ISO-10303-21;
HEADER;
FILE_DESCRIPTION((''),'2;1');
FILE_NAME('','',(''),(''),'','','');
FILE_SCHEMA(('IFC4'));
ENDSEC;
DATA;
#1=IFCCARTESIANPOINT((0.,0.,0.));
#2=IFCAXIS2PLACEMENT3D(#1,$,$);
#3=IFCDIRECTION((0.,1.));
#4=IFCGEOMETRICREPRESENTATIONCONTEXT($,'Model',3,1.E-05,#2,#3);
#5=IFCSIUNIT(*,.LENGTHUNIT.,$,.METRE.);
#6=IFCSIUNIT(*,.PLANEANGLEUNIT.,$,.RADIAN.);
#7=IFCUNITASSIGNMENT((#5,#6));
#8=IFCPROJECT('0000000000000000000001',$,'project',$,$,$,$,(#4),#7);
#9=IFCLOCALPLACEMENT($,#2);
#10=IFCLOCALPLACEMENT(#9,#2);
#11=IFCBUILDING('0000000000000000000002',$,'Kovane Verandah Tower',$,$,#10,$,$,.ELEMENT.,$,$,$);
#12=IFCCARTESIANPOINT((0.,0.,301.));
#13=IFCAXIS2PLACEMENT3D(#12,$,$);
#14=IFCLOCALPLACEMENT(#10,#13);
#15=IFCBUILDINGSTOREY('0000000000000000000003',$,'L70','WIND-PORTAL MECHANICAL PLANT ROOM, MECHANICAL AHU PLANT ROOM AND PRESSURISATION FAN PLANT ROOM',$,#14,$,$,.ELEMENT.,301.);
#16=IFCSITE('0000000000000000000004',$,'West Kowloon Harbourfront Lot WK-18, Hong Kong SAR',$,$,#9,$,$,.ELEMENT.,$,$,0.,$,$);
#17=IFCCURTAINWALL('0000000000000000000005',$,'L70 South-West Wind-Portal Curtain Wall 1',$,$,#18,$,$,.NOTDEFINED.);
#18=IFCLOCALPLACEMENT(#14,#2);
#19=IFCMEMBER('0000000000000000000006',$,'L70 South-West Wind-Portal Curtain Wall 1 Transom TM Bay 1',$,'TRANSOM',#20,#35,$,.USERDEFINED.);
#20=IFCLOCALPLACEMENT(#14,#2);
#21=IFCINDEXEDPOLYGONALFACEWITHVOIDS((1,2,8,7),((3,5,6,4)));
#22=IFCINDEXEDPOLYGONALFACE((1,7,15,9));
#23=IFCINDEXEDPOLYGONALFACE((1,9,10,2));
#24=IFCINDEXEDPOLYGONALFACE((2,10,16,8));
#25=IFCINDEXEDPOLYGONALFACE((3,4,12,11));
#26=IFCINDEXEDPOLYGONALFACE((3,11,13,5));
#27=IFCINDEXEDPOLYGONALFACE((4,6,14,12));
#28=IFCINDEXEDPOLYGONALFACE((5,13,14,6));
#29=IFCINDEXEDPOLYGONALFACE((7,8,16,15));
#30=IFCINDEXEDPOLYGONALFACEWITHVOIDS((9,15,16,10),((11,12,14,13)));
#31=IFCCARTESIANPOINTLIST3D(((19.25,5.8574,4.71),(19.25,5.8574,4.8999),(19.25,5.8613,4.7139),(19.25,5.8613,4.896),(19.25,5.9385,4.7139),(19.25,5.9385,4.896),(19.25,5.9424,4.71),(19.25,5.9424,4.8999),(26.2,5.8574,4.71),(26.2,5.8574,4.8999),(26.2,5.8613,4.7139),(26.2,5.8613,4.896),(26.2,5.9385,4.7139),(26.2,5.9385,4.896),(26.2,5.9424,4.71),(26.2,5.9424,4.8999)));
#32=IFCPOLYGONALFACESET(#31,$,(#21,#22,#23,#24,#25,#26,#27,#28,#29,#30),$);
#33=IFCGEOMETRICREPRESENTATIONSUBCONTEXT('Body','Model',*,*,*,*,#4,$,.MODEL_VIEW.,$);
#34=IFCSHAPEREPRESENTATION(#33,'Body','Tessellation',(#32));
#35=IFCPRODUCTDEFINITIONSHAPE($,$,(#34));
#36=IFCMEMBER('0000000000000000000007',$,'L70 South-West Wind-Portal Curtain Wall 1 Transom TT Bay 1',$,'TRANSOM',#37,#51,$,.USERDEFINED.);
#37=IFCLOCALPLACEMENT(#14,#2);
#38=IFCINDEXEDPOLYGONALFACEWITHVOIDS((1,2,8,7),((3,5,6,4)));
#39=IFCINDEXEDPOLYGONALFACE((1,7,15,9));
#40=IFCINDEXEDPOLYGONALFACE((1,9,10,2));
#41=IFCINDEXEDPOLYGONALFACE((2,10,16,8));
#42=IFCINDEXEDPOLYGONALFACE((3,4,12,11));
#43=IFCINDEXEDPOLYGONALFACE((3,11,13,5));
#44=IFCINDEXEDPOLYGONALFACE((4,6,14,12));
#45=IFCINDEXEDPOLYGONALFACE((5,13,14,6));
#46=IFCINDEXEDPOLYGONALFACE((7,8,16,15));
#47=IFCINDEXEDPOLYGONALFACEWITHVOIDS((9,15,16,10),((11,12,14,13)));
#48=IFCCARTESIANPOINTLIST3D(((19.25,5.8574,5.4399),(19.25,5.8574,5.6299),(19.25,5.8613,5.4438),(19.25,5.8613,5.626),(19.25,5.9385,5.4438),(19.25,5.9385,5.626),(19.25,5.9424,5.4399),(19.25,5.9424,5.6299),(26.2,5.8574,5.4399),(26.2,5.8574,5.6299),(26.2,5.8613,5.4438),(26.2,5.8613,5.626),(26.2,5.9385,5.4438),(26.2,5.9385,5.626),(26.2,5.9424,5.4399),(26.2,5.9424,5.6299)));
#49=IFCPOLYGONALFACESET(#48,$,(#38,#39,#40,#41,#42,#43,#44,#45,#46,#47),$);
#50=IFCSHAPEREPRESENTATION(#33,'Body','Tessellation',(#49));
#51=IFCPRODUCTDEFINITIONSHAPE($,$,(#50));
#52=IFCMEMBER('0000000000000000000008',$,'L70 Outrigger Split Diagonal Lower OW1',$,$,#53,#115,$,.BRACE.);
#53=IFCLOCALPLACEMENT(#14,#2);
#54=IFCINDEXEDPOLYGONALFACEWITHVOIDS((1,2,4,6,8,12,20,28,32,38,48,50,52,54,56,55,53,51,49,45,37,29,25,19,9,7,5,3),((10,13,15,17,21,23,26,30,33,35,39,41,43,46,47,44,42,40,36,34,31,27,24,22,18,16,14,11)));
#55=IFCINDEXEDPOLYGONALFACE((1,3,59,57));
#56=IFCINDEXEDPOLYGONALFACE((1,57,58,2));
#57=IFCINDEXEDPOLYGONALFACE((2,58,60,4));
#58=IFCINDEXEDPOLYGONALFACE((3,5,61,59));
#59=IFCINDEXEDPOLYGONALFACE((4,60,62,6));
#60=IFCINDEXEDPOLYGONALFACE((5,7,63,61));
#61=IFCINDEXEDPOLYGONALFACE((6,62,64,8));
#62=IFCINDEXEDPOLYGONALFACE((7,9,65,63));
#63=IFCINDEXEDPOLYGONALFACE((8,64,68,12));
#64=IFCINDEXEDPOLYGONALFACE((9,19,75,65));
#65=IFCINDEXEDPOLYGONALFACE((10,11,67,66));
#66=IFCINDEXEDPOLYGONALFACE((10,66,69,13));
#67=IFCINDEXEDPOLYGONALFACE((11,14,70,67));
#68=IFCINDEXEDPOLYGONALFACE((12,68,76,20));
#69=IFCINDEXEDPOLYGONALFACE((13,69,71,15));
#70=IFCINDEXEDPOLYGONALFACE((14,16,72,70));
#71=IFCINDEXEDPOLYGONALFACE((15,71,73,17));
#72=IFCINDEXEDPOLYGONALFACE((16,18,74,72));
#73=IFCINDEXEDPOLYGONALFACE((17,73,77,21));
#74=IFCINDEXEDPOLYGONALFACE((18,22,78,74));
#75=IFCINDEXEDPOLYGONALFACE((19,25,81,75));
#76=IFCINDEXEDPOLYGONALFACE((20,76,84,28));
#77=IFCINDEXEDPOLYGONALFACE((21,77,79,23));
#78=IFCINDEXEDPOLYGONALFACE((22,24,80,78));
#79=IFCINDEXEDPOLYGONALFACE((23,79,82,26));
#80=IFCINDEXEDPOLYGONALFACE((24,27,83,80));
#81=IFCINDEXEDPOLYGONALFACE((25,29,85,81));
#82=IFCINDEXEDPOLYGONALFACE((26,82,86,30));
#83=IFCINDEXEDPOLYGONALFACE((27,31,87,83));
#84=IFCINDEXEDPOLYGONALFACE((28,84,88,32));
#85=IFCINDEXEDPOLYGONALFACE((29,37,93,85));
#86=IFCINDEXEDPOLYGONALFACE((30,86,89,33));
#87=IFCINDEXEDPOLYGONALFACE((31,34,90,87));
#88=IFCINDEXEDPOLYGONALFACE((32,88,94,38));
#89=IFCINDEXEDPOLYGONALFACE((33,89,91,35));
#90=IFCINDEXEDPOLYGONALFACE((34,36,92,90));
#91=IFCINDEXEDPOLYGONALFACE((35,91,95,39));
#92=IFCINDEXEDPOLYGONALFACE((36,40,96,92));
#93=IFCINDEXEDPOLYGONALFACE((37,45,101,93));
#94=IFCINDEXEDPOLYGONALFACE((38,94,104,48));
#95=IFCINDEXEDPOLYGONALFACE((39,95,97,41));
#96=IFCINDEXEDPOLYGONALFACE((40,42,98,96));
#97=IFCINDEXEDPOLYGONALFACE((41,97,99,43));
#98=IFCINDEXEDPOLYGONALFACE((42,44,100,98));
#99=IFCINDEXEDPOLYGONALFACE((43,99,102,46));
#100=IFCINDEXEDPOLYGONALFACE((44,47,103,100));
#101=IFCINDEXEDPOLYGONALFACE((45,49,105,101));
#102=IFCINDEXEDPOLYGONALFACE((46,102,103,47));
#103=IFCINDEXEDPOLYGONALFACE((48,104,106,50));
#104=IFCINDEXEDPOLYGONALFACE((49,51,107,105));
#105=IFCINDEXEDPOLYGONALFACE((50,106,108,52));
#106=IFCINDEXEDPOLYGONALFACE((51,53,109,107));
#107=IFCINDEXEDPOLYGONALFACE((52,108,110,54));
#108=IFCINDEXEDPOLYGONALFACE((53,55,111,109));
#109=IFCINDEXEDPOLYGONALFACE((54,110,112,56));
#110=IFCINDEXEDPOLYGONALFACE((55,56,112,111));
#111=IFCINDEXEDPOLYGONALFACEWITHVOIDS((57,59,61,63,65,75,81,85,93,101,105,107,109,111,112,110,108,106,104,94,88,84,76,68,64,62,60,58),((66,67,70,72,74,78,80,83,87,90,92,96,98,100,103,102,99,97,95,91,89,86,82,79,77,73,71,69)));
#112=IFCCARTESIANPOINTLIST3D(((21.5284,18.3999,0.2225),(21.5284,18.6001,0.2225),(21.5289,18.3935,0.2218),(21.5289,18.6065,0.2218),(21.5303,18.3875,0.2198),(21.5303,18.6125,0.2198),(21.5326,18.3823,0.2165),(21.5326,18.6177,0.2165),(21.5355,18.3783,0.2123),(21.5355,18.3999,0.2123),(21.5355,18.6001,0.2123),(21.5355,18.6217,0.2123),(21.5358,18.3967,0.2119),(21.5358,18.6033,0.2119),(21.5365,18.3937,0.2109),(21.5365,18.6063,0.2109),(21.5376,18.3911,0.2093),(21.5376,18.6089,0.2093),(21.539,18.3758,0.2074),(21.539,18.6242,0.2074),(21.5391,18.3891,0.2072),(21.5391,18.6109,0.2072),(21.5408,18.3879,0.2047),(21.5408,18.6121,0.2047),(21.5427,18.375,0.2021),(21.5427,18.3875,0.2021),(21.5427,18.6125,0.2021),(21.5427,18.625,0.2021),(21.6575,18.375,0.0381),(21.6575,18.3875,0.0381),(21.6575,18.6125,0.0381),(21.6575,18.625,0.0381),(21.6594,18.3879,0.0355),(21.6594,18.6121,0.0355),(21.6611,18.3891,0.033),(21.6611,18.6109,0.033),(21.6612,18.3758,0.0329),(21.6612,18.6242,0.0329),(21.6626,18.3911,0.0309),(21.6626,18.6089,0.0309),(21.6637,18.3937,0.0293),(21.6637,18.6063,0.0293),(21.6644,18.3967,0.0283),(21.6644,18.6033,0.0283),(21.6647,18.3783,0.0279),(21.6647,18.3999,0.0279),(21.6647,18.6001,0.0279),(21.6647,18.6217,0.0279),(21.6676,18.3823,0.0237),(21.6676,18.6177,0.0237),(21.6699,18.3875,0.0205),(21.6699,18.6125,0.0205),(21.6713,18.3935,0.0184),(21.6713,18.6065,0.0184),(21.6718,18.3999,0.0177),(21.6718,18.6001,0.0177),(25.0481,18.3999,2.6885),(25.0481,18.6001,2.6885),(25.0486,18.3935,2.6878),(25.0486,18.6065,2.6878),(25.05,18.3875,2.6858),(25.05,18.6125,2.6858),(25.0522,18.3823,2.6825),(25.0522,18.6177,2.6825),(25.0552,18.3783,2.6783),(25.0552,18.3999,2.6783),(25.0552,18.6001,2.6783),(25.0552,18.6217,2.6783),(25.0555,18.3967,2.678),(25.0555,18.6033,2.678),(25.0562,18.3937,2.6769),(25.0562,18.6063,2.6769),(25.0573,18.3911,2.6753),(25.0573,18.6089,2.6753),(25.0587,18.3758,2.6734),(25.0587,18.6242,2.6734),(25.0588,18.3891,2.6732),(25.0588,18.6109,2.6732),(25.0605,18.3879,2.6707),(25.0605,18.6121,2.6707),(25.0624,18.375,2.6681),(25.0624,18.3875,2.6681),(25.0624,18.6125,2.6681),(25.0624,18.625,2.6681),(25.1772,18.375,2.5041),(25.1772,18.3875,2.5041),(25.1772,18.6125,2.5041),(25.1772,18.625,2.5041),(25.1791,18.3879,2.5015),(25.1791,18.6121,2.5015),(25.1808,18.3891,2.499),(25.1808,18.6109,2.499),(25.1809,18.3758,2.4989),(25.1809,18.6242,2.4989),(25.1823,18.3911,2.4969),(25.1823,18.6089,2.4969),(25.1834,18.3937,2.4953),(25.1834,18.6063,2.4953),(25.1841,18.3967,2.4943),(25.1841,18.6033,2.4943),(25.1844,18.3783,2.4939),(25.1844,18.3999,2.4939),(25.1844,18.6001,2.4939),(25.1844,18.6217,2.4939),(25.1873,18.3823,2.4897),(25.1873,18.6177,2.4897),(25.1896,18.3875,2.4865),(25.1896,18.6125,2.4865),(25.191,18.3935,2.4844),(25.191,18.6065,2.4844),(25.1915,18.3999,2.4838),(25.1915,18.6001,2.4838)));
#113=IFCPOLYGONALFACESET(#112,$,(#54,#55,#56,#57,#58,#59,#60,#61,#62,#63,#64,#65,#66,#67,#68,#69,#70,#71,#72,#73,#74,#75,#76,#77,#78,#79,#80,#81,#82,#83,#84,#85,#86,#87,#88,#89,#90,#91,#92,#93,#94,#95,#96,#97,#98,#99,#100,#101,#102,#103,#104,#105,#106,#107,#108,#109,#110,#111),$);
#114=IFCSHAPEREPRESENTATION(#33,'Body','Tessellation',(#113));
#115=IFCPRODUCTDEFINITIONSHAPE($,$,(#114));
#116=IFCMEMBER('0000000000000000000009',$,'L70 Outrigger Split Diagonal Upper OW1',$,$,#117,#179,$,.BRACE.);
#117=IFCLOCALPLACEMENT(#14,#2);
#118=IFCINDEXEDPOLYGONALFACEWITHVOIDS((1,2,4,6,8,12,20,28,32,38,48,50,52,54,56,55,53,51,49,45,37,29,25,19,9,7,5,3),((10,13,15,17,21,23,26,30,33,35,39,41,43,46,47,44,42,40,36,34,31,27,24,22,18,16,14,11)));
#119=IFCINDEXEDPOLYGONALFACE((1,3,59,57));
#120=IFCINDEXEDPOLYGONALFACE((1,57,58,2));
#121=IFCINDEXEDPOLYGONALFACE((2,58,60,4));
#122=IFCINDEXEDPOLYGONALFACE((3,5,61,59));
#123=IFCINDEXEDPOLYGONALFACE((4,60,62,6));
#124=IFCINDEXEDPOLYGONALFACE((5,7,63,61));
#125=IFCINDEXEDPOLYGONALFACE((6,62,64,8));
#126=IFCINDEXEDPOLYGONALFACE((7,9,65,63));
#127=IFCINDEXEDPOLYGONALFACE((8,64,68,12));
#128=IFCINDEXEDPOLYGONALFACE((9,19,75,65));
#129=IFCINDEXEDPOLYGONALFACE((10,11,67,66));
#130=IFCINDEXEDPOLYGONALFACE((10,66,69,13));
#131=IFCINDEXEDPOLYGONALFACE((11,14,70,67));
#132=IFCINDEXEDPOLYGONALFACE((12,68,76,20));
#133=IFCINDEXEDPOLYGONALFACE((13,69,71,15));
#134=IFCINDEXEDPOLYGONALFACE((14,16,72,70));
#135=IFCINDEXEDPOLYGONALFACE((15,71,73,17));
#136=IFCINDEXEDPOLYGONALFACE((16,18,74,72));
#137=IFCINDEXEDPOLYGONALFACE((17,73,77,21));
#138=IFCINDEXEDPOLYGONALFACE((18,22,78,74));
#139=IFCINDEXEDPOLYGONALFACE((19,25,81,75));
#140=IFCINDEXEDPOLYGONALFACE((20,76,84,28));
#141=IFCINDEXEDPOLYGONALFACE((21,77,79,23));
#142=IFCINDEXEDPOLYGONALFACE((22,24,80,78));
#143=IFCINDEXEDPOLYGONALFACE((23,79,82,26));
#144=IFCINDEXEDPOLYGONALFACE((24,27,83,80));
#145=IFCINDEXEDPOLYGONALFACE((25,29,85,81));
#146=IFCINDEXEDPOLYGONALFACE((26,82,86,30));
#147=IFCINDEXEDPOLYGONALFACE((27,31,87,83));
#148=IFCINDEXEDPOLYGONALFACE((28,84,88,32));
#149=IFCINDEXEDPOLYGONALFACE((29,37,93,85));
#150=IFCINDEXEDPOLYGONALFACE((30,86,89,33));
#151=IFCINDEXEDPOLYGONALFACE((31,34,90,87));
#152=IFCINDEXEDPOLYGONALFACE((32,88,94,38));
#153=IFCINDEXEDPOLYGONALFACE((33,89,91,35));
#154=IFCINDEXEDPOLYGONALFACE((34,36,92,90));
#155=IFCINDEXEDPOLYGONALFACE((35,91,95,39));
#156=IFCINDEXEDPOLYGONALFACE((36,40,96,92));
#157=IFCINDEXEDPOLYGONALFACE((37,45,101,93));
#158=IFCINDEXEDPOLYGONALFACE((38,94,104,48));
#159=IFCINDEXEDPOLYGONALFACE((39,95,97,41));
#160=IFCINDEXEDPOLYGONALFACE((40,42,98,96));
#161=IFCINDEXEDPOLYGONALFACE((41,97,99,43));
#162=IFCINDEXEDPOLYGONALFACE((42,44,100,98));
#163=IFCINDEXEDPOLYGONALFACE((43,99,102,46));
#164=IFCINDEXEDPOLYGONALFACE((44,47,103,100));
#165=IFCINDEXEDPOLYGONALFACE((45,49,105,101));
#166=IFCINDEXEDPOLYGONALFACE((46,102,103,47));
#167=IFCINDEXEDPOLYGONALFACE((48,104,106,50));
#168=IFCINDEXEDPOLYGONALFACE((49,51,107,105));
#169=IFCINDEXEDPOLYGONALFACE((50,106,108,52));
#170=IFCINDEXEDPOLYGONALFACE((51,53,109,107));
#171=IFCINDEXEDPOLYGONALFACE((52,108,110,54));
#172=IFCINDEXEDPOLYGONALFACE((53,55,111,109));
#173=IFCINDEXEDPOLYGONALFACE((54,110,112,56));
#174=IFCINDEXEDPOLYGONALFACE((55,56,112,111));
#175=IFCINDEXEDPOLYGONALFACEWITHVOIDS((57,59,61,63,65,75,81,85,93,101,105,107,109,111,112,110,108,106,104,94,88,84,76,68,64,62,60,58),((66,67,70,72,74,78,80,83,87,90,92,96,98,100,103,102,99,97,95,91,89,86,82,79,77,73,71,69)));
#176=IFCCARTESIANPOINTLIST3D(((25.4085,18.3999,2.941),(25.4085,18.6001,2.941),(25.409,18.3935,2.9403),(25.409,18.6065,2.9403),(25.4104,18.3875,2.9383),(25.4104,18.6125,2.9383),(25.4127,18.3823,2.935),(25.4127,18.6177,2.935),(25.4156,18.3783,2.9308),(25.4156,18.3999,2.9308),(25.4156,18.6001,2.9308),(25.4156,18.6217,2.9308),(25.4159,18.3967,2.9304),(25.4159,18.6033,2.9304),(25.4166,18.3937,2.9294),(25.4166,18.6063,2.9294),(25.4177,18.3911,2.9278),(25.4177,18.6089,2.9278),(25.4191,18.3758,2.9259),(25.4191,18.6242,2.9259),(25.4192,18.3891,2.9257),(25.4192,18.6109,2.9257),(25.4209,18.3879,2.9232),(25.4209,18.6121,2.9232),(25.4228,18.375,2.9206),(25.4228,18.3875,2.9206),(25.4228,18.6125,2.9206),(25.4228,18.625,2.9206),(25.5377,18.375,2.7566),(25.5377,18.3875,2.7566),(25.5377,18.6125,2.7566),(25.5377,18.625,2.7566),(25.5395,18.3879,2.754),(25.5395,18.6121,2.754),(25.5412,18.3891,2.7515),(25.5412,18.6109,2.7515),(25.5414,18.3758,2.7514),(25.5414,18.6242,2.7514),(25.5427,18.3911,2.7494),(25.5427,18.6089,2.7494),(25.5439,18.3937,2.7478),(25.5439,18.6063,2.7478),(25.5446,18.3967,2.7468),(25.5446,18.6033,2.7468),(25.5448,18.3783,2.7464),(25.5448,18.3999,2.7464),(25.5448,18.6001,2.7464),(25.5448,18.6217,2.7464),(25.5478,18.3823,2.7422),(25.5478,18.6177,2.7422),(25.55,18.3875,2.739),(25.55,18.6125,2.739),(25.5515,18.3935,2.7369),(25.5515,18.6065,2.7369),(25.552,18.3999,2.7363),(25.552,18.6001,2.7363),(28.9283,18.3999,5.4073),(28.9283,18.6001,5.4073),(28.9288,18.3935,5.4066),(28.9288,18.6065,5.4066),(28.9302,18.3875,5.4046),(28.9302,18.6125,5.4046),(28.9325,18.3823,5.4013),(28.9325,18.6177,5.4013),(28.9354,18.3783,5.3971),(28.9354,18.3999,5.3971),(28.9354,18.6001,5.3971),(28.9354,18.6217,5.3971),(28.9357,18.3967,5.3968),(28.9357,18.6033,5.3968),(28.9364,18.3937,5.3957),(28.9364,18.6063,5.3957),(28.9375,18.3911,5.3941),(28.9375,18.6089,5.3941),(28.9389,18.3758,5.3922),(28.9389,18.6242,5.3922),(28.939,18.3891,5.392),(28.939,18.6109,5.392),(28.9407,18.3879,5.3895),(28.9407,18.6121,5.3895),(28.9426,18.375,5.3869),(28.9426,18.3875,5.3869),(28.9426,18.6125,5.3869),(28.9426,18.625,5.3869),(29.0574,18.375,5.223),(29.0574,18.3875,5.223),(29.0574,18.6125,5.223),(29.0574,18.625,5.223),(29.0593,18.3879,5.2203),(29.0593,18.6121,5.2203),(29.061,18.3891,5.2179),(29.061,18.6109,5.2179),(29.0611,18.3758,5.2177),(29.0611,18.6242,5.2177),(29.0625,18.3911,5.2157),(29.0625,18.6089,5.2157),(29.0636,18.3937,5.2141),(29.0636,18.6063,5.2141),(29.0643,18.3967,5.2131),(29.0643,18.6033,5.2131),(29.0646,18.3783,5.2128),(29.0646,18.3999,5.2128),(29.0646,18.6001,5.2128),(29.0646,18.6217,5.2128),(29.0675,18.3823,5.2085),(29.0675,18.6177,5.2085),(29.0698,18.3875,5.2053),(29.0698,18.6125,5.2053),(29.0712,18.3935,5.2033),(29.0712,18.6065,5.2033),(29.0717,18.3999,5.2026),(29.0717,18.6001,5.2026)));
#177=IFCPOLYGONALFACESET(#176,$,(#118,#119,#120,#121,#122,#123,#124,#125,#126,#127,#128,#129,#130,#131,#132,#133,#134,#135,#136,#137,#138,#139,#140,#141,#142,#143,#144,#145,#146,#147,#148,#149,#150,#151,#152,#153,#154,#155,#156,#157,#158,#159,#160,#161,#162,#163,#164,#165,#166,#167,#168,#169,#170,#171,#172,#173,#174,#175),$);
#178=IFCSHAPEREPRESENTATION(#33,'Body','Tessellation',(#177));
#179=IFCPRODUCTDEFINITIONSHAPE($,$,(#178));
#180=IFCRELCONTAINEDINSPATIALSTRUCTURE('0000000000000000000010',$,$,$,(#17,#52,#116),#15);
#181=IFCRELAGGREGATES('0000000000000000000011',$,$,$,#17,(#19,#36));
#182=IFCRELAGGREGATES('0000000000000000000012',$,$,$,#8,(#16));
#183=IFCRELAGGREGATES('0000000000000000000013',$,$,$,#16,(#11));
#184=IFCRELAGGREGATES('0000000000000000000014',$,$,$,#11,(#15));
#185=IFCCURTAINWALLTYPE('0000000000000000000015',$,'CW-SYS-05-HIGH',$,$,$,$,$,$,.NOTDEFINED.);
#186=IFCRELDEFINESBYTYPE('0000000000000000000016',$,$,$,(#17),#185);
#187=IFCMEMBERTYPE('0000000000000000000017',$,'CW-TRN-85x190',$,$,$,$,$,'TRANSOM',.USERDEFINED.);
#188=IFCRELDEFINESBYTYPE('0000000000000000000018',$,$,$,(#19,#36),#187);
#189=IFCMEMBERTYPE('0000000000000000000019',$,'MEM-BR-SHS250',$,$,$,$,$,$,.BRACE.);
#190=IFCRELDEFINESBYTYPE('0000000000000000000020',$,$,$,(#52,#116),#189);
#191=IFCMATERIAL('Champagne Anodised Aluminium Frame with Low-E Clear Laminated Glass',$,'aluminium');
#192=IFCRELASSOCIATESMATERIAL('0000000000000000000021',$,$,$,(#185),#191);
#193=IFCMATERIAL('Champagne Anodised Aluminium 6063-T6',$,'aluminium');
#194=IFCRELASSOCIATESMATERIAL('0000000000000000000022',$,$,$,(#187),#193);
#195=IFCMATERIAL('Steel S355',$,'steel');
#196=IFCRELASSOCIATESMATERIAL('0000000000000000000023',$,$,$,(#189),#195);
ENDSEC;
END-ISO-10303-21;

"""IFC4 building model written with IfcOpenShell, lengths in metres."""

from ifc_helpers import new_model, si_unit, direction, frame, origin, origin_2d, place, context, subcontext, project, spatial, hollow_rectangle, extrude, material, material_profile, profile_set, type_object, element, aggregate, save


model = new_model("IFC4")

# Units and contexts
model_context = context("Model", 3, precision=1e-05, world=origin(), true_north=direction((0.0, 1.0)))
body_context = subcontext(model_context, "Body", "Model", "MODEL_VIEW")
ifc_project = project(units=[si_unit("LENGTHUNIT", "METRE"), si_unit("PLANEANGLEUNIT", "RADIAN")], contexts=[model_context])

# Site, building, storey
site_placement = place(None, origin())
site = spatial("IfcSite", under=ifc_project, at=site_placement, Name="West Kowloon Harbourfront Lot WK-18, Hong Kong SAR", CompositionType="ELEMENT", RefElevation=0.0)
building_placement = place(site_placement, origin())
building = spatial("IfcBuilding", under=site, at=building_placement, Name="Kovane Verandah Tower", CompositionType="ELEMENT")
storey_placement = place(building_placement, frame((0.0, 0.0, 301.0)))
storey = spatial("IfcBuildingStorey", under=building, at=storey_placement, Name="L70", Description="WIND-PORTAL MECHANICAL PLANT ROOM, MECHANICAL AHU PLANT ROOM AND PRESSURISATION FAN PLANT ROOM", CompositionType="ELEMENT", Elevation=301.0)

# Curtain wall, members
ifc_material_1 = material(Name="Champagne Anodised Aluminium Frame with Low-E Clear Laminated Glass", Category="aluminium")
curtain_wall_type = type_object("IfcCurtainWallType", Name="CW-SYS-05-HIGH", PredefinedType="NOTDEFINED", material=ifc_material_1)
curtain_wall_placement = place(storey_placement, origin())
curtain_wall = element("IfcCurtainWall", 1, at=curtain_wall_placement, inside=storey, type_object=curtain_wall_type, Name="L70 South-West Wind-Portal Curtain Wall 1", PredefinedType="NOTDEFINED")
ifc_material_2 = material(Name="Champagne Anodised Aluminium 6063-T6", Category="aluminium")
ifc_material_profile_1 = material_profile(ifc_material_2, hollow_rectangle(XDim=0.085, YDim=0.1899, WallThickness=0.0039, at=origin_2d()), Name="AL85x190x4")
ifc_profile_set_1 = profile_set([ifc_material_profile_1], Name="Champagne Anodised Aluminium 6063-T6")
member_type_1 = type_object("IfcMemberType", Name="CW-TRN-85x190", ElementType="TRANSOM", PredefinedType="USERDEFINED", material=ifc_profile_set_1)
member_1_placement = place(storey_placement, frame((19.25, 5.8999, 4.8049), z_axis=(1.0, 0.0, 0.0), x_axis=(0.0, 1.0, 0.0)))
member_1 = element("IfcMember", 2, at=member_1_placement, type_object=member_type_1, Name="L70 South-West Wind-Portal Curtain Wall 1 Transom TM Bay 1", ObjectType="TRANSOM", PredefinedType="USERDEFINED", context=body_context, shape_type="SweptSolid", body=[
    extrude(hollow_rectangle(XDim=0.085, YDim=0.1899, WallThickness=0.0039, at=origin_2d()), origin(), (0.0, 0.0, 1.0), 6.95),
])
member_2_placement = place(storey_placement, frame((19.25, 5.8999, 5.5349), z_axis=(1.0, 0.0, 0.0), x_axis=(0.0, 1.0, 0.0)))
member_2 = element("IfcMember", 3, at=member_2_placement, type_object=member_type_1, Name="L70 South-West Wind-Portal Curtain Wall 1 Transom TT Bay 1", ObjectType="TRANSOM", PredefinedType="USERDEFINED", context=body_context, shape_type="SweptSolid", body=[
    extrude(hollow_rectangle(XDim=0.085, YDim=0.1899, WallThickness=0.0039, at=origin_2d()), origin(), (0.0, 0.0, 1.0), 6.95),
])

# Members
ifc_material_3 = material(Name="Steel S355", Category="steel")
ifc_material_profile_2 = material_profile(ifc_material_3, hollow_rectangle(XDim=0.25, YDim=0.25, WallThickness=0.0125, InnerFilletRadius=0.0125, OuterFilletRadius=0.0249, at=origin_2d()), Name="SHS250x250x12.5")
ifc_profile_set_2 = profile_set([ifc_material_profile_2], Name="Steel S355")
member_type_2 = type_object("IfcMemberType", Name="MEM-BR-SHS250", PredefinedType="BRACE", material=ifc_profile_set_2)
member_3_placement = place(storey_placement, frame((21.6001, 18.5, 0.1201), z_axis=(0.818989, 0.0, 0.573809), x_axis=(0.0, 1.0, 0.0)))
element("IfcMember", 4, at=member_3_placement, inside=storey, type_object=member_type_2, Name="L70 Outrigger Split Diagonal Lower OW1", PredefinedType="BRACE", context=body_context, shape_type="SweptSolid", body=[
    extrude(hollow_rectangle(XDim=0.25, YDim=0.25, WallThickness=0.0125, InnerFilletRadius=0.0125, OuterFilletRadius=0.0249, at=origin_2d()), origin(), (0.0, 0.0, 1.0), 4.2976),
])
member_4_placement = place(storey_placement, frame((25.4802, 18.5, 2.8386), z_axis=(0.818962, 0.0, 0.573847), x_axis=(0.0, 1.0, 0.0)))
element("IfcMember", 5, at=member_4_placement, inside=storey, type_object=member_type_2, Name="L70 Outrigger Split Diagonal Upper OW1", PredefinedType="BRACE", context=body_context, shape_type="SweptSolid", body=[
    extrude(hollow_rectangle(XDim=0.25, YDim=0.25, WallThickness=0.0125, InnerFilletRadius=0.0125, OuterFilletRadius=0.0249, at=origin_2d()), origin(), (0.0, 0.0, 1.0), 4.2979),
])

aggregate(curtain_wall, [member_1, member_2])

save(model, "model.ifc")
